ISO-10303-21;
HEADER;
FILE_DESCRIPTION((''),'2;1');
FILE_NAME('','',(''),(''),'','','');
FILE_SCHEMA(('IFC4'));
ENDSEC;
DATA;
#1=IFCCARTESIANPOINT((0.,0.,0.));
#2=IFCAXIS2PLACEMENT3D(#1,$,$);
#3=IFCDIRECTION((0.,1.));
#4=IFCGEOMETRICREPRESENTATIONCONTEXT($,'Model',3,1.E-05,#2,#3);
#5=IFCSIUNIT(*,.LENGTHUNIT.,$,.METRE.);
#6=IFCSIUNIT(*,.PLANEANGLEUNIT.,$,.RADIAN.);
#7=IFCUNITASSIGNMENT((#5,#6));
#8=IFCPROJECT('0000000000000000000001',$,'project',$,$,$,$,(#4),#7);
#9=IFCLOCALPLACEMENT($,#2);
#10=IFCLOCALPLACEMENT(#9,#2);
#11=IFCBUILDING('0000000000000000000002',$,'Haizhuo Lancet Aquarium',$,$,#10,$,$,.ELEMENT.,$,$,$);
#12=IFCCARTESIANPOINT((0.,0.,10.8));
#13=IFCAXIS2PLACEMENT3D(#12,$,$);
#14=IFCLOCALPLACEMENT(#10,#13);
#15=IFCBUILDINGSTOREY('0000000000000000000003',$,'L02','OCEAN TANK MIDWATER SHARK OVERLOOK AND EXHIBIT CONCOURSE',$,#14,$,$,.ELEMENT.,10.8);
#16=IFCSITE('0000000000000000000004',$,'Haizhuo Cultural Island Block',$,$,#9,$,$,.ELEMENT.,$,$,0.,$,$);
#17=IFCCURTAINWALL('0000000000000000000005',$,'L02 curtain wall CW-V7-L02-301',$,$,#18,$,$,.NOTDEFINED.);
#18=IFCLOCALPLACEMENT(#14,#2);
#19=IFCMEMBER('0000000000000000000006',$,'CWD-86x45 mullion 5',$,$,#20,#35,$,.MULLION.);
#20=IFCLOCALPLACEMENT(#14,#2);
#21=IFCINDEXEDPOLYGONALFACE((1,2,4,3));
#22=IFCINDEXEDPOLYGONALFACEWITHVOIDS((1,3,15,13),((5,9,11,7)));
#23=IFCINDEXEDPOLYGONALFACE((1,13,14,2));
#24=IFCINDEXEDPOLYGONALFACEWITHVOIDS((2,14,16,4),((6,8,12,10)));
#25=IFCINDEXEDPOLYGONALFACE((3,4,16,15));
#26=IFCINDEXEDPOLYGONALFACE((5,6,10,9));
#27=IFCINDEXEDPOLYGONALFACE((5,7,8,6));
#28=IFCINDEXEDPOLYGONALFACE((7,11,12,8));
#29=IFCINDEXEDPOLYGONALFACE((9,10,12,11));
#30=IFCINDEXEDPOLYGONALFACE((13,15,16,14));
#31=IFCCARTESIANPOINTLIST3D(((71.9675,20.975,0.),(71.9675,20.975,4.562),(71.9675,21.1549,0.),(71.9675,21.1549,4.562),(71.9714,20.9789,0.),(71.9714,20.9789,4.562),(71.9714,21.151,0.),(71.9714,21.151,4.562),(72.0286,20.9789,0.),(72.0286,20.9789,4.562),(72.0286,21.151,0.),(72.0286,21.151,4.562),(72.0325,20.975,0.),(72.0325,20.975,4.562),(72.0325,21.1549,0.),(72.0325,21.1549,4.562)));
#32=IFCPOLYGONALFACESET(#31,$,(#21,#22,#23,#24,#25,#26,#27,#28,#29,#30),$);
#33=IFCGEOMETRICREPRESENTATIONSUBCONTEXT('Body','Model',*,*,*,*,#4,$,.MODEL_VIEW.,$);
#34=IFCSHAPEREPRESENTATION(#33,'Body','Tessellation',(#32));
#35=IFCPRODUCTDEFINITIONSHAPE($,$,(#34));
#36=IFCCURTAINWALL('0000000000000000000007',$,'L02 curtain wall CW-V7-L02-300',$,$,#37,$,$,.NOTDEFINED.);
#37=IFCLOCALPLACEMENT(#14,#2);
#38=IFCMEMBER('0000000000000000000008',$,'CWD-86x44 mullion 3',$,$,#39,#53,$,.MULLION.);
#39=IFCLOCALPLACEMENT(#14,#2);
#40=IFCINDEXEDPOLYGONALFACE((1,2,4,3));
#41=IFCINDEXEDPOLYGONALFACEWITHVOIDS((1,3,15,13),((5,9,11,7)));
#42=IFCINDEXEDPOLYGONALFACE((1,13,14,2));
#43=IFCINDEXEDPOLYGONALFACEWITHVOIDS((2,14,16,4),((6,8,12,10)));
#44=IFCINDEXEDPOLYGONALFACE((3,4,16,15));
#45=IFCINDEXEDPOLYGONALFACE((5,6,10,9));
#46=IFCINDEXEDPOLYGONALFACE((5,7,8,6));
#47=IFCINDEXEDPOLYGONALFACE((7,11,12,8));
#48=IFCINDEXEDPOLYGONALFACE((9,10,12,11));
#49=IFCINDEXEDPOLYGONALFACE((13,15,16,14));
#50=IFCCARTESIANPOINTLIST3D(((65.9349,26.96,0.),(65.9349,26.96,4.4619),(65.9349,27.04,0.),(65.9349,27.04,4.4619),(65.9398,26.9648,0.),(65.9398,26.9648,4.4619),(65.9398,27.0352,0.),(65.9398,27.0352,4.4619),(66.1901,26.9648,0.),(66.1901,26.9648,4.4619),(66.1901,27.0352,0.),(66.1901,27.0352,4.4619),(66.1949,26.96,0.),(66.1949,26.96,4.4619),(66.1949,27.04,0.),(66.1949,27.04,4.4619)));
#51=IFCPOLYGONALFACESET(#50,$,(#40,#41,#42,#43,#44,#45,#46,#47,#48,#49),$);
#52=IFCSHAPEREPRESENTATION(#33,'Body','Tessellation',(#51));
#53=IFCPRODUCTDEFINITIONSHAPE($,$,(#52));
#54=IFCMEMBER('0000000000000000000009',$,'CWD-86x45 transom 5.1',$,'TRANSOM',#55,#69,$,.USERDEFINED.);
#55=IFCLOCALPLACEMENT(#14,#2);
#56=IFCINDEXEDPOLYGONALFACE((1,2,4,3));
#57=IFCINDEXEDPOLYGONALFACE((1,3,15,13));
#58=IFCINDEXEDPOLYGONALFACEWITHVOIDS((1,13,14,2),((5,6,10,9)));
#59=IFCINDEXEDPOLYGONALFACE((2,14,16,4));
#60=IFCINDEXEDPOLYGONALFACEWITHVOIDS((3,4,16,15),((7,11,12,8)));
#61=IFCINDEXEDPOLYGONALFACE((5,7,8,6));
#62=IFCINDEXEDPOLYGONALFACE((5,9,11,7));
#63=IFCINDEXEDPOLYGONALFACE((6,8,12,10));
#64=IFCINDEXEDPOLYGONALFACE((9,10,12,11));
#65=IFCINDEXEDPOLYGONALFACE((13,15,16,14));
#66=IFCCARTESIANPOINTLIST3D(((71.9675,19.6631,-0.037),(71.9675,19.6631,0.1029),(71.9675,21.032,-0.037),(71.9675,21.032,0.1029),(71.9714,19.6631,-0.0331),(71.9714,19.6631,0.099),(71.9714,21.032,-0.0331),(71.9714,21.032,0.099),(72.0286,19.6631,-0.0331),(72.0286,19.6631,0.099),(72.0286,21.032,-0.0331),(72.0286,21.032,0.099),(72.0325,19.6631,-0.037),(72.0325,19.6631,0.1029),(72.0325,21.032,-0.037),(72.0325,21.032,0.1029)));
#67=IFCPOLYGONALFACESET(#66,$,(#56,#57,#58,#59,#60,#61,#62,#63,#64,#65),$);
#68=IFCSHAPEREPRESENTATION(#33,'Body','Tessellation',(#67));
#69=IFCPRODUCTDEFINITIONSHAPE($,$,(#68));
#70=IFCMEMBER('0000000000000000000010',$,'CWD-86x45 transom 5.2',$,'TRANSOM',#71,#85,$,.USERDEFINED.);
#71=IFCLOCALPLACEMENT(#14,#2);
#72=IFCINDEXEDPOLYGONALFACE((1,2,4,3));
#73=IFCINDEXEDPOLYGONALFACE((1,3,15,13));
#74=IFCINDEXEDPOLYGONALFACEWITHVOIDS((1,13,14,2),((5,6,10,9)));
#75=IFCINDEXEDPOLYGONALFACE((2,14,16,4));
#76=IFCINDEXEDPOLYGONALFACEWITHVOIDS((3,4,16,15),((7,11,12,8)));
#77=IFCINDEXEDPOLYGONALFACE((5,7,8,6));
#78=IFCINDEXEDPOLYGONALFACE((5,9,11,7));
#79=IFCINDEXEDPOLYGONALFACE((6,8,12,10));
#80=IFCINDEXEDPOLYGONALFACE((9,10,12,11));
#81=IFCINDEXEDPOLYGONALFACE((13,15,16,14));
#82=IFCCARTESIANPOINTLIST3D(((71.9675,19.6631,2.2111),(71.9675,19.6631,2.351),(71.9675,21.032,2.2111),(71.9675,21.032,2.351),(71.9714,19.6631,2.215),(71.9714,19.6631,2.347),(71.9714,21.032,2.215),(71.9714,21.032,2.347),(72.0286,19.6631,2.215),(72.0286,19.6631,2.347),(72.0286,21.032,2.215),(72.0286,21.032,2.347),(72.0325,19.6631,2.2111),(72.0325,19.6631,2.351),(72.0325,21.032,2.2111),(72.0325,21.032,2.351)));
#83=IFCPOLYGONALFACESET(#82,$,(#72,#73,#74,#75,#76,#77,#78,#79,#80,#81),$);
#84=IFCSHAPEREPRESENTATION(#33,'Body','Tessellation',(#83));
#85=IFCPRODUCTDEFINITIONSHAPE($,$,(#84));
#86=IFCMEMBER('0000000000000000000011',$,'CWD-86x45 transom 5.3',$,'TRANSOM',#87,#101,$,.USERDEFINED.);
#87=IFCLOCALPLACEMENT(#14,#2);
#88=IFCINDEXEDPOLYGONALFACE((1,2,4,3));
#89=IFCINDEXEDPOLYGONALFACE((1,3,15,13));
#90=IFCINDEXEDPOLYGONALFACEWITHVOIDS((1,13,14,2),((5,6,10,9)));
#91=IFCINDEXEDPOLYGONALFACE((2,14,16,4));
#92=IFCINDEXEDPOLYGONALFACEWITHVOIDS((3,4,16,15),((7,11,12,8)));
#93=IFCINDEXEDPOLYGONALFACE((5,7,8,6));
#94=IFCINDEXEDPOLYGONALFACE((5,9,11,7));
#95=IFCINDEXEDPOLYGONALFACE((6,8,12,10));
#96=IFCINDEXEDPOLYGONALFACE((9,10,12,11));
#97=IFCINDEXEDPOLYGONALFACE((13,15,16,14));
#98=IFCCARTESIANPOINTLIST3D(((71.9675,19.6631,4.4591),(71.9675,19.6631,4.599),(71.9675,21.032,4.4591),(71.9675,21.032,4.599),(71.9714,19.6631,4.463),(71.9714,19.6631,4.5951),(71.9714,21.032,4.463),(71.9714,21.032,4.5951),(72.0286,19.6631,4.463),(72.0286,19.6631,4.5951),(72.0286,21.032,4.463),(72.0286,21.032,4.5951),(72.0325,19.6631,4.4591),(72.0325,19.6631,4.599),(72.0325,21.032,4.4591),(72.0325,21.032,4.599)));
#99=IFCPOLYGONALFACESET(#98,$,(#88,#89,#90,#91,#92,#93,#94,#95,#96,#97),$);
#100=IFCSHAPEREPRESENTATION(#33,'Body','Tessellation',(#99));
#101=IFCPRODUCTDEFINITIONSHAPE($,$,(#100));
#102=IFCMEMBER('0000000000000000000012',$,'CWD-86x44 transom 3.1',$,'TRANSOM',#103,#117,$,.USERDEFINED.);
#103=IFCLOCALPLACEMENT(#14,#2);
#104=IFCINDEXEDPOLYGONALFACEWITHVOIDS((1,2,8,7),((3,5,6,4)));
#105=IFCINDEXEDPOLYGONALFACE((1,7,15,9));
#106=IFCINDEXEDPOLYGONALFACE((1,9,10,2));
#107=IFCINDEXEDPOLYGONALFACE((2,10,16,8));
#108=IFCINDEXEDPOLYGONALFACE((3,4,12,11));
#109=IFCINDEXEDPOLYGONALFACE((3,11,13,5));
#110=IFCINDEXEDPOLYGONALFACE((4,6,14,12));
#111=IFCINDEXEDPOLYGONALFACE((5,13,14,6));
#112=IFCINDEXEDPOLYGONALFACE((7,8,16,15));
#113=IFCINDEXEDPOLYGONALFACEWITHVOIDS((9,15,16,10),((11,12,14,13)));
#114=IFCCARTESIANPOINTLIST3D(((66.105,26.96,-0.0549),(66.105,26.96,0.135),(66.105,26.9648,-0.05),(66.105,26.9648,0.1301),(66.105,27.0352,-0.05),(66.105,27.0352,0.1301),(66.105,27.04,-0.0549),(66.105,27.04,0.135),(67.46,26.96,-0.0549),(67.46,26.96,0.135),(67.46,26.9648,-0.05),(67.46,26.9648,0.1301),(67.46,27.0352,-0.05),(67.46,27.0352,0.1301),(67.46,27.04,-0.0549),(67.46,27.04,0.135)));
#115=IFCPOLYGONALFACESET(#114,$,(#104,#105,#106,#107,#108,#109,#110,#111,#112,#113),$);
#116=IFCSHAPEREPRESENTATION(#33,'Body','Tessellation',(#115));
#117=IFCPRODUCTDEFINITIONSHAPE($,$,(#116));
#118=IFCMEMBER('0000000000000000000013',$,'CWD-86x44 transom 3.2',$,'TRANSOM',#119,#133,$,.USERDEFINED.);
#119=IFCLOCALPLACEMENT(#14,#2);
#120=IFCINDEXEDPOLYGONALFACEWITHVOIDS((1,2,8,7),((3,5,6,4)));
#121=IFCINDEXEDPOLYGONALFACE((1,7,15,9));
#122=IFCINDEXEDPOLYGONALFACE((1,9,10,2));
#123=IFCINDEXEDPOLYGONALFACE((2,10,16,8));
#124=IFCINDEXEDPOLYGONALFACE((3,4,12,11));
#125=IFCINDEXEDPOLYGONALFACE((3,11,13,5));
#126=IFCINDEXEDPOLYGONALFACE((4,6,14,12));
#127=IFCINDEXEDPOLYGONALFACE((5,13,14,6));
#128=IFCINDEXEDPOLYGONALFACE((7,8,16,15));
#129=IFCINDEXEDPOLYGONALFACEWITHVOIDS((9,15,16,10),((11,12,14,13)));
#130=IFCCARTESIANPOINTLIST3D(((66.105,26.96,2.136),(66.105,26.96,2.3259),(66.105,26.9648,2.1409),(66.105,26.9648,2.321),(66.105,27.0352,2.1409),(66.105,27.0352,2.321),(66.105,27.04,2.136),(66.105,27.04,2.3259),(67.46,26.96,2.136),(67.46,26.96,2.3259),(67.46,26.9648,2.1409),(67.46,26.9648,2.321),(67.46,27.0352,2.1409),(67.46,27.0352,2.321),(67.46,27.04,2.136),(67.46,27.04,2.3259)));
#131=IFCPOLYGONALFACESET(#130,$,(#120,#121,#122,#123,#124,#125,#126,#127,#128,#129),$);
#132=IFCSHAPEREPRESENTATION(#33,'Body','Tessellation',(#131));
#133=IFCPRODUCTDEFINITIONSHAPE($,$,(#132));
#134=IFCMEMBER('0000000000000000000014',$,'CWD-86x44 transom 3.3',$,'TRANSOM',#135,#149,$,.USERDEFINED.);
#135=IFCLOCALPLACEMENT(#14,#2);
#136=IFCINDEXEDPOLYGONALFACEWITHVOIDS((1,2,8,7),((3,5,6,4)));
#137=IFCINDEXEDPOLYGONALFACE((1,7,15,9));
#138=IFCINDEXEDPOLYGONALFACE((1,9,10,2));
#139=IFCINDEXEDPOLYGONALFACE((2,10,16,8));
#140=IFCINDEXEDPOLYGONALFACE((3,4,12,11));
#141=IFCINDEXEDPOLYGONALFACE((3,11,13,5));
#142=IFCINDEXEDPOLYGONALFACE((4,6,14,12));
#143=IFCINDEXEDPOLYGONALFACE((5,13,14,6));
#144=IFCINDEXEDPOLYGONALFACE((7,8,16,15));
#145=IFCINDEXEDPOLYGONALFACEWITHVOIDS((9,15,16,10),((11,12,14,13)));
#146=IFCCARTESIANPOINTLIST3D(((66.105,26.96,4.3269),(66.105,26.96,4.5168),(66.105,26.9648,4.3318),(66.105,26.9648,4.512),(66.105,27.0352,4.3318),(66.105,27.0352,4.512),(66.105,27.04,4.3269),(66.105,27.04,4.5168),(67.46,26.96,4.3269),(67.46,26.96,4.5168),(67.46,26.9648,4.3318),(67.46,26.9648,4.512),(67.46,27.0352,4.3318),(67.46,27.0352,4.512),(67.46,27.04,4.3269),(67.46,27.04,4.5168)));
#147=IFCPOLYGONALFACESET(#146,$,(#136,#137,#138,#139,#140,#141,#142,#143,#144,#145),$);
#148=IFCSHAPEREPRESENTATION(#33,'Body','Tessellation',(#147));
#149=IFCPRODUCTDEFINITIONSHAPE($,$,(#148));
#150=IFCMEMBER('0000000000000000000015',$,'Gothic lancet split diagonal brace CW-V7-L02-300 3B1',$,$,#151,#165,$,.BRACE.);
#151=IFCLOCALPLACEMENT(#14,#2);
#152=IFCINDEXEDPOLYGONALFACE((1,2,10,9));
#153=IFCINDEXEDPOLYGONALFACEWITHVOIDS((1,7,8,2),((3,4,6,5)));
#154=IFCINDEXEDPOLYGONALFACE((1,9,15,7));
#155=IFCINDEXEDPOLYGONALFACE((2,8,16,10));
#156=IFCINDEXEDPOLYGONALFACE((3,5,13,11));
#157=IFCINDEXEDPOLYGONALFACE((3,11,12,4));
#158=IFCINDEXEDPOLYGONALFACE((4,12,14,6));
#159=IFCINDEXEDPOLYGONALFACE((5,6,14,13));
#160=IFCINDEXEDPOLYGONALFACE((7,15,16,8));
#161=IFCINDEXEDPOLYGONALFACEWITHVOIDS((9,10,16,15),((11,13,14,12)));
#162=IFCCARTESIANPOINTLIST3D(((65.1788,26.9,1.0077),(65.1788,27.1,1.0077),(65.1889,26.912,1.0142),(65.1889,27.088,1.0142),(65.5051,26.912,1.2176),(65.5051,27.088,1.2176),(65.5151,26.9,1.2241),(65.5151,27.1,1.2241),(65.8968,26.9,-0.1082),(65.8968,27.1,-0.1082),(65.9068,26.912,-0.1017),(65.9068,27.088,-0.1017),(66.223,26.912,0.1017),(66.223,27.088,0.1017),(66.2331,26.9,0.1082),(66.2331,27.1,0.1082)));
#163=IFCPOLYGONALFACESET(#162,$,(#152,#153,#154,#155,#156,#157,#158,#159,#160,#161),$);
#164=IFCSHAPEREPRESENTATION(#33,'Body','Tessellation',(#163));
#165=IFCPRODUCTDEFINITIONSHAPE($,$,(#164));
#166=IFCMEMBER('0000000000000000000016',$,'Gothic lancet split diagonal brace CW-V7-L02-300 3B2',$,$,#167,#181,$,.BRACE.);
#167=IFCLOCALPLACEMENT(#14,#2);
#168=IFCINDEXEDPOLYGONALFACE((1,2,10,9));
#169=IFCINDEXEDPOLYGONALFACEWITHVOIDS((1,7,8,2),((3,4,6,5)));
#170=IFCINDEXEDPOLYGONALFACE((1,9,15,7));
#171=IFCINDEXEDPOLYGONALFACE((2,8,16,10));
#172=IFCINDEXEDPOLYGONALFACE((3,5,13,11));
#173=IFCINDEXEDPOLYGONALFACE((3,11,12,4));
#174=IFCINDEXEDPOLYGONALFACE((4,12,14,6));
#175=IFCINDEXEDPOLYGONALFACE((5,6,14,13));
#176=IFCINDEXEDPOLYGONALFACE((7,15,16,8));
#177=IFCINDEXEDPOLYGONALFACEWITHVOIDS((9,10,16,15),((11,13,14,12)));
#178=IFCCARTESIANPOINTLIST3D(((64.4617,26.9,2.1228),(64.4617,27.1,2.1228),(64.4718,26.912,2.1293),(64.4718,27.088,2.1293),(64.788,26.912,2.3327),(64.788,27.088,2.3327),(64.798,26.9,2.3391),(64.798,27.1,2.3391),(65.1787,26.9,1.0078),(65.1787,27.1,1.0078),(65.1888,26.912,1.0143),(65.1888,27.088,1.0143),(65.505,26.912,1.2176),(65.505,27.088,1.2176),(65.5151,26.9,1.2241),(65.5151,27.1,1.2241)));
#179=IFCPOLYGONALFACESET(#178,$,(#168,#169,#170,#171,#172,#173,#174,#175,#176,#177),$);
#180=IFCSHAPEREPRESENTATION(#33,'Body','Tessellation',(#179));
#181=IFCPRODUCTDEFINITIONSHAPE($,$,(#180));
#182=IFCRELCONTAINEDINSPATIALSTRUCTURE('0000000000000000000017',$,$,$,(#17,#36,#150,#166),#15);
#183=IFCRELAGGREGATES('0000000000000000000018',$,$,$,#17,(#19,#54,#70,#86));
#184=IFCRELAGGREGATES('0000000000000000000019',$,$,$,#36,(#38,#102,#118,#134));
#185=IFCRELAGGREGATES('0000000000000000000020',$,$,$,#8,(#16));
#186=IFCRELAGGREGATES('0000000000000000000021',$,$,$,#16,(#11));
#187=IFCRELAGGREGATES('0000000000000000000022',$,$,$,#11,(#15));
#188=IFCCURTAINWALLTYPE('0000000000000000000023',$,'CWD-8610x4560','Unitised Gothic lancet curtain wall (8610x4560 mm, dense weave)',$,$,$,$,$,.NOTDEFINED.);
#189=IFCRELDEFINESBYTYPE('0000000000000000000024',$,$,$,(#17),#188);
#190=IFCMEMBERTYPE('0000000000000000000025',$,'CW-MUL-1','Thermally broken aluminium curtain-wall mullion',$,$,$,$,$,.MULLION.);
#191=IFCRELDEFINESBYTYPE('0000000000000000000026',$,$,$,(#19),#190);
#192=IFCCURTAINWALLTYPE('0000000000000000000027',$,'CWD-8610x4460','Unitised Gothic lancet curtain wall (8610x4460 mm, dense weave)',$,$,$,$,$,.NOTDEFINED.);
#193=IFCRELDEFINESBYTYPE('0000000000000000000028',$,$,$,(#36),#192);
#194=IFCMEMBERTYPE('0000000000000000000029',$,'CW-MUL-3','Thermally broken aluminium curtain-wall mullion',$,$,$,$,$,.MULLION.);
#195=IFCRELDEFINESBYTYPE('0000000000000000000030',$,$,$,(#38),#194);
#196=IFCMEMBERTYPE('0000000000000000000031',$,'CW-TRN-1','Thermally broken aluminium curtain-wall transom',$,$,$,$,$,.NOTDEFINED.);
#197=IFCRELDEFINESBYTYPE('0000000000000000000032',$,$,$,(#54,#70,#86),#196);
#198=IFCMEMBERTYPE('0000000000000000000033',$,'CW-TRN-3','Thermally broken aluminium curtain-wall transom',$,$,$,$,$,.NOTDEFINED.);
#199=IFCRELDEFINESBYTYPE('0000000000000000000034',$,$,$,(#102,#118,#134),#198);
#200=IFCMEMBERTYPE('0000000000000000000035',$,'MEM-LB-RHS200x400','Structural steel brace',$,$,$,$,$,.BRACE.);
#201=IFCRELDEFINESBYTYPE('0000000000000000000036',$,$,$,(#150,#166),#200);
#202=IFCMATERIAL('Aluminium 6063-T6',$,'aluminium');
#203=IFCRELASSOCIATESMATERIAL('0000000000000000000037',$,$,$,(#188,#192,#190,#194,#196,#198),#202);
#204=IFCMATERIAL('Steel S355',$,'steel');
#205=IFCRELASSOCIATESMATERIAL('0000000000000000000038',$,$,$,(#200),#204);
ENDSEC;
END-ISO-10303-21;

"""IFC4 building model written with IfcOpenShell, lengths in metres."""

from ifc_helpers import new_model, si_unit, direction, frame, origin, origin_2d, place, context, subcontext, project, spatial, hollow_rectangle, extrude, material, material_profile, profile_set, type_object, element, aggregate, save


model = new_model("IFC4")

# Units and contexts
model_context = context("Model", 3, precision=1e-05, world=origin(), true_north=direction((0.0, 1.0)))
body_context = subcontext(model_context, "Body", "Model", "MODEL_VIEW")
ifc_project = project(units=[si_unit("LENGTHUNIT", "METRE"), si_unit("PLANEANGLEUNIT", "RADIAN")], contexts=[model_context])

# Site, building, storey
site_placement = place(None, origin())
site = spatial("IfcSite", under=ifc_project, at=site_placement, Name="Haizhuo Cultural Island Block", CompositionType="ELEMENT", RefElevation=0.0)
building_placement = place(site_placement, origin())
building = spatial("IfcBuilding", under=site, at=building_placement, Name="Haizhuo Lancet Aquarium", CompositionType="ELEMENT")
storey_placement = place(building_placement, frame((0.0, 0.0, 10.8)))
storey = spatial("IfcBuildingStorey", under=building, at=storey_placement, Name="L02", Description="OCEAN TANK MIDWATER SHARK OVERLOOK AND EXHIBIT CONCOURSE", CompositionType="ELEMENT", Elevation=10.8)

# Curtain walls, members
ifc_material_1 = material(Name="Aluminium 6063-T6", Category="aluminium")
curtain_wall_type_1 = type_object("IfcCurtainWallType", Name="CWD-8610x4560", Description="Unitised Gothic lancet curtain wall (8610x4560 mm, dense weave)", PredefinedType="NOTDEFINED", material=ifc_material_1)
curtain_wall_1_placement = place(storey_placement, origin())
curtain_wall_1 = element("IfcCurtainWall", 1, at=curtain_wall_1_placement, inside=storey, type_object=curtain_wall_type_1, Name="L02 curtain wall CW-V7-L02-301", PredefinedType="NOTDEFINED")
ifc_material_profile_1 = material_profile(ifc_material_1, hollow_rectangle(XDim=0.0649, YDim=0.1799, WallThickness=0.0039, at=origin_2d()), Name="ALU-M 65x180x4")
ifc_profile_set_1 = profile_set([ifc_material_profile_1], Name="Aluminium 6063-T6")
member_type_1 = type_object("IfcMemberType", Name="CW-MUL-1", Description="Thermally broken aluminium curtain-wall mullion", PredefinedType="MULLION", material=ifc_profile_set_1)
member_1_placement = place(storey_placement, frame((72.0, 21.0649, 0.0), z_axis=(0.0, 0.0, 1.0), x_axis=(1.0, 0.0, 0.0)))
member_1 = element("IfcMember", 2, at=member_1_placement, type_object=member_type_1, Name="CWD-86x45 mullion 5", PredefinedType="MULLION", context=body_context, shape_type="SweptSolid", body=[
    extrude(hollow_rectangle(XDim=0.0649, YDim=0.1799, WallThickness=0.0039, at=origin_2d()), origin(), (0.0, 0.0, 1.0), 4.562),
])
curtain_wall_type_2 = type_object("IfcCurtainWallType", Name="CWD-8610x4460", Description="Unitised Gothic lancet curtain wall (8610x4460 mm, dense weave)", PredefinedType="NOTDEFINED", material=ifc_material_1)
curtain_wall_2_placement = place(storey_placement, origin())
curtain_wall_2 = element("IfcCurtainWall", 3, at=curtain_wall_2_placement, inside=storey, type_object=curtain_wall_type_2, Name="L02 curtain wall CW-V7-L02-300", PredefinedType="NOTDEFINED")
ifc_material_profile_2 = material_profile(ifc_material_1, hollow_rectangle(XDim=0.0801, YDim=0.26, WallThickness=0.0049, at=origin_2d()), Name="ALU-M 80x260x5")
ifc_profile_set_2 = profile_set([ifc_material_profile_2], Name="Aluminium 6063-T6")
member_type_2 = type_object("IfcMemberType", Name="CW-MUL-3", Description="Thermally broken aluminium curtain-wall mullion", PredefinedType="MULLION", material=ifc_profile_set_2)
member_2_placement = place(storey_placement, frame((66.0649, 27.0, 0.0), z_axis=(0.0, 0.0, 1.0), x_axis=(0.0, 1.0, 0.0)))
member_2 = element("IfcMember", 4, at=member_2_placement, type_object=member_type_2, Name="CWD-86x44 mullion 3", PredefinedType="MULLION", context=body_context, shape_type="SweptSolid", body=[
    extrude(hollow_rectangle(XDim=0.0801, YDim=0.26, WallThickness=0.0049, at=origin_2d()), origin(), (0.0, 0.0, 1.0), 4.4619),
])

# Members
ifc_material_profile_3 = material_profile(ifc_material_1, hollow_rectangle(XDim=0.0649, YDim=0.1399, WallThickness=0.0039, at=origin_2d()), Name="ALU-T 65x140x4")
ifc_profile_set_3 = profile_set([ifc_material_profile_3], Name="Aluminium 6063-T6")
member_type_3 = type_object("IfcMemberType", Name="CW-TRN-1", Description="Thermally broken aluminium curtain-wall transom", PredefinedType="NOTDEFINED", material=ifc_profile_set_3)
member_3_placement = place(storey_placement, frame((72.0, 21.032, 0.033), z_axis=(0.0, -1.0, 0.0), x_axis=(1.0, 0.0, 0.0)))
member_3 = element("IfcMember", 5, at=member_3_placement, type_object=member_type_3, Name="CWD-86x45 transom 5.1", ObjectType="TRANSOM", PredefinedType="USERDEFINED", context=body_context, shape_type="SweptSolid", body=[
    extrude(hollow_rectangle(XDim=0.0649, YDim=0.1399, WallThickness=0.0039, at=origin_2d()), origin(), (0.0, 0.0, 1.0), 1.3689),
])
member_4_placement = place(storey_placement, frame((72.0, 21.032, 2.281), z_axis=(0.0, -1.0, 0.0), x_axis=(1.0, 0.0, 0.0)))
member_4 = element("IfcMember", 6, at=member_4_placement, type_object=member_type_3, Name="CWD-86x45 transom 5.2", ObjectType="TRANSOM", PredefinedType="USERDEFINED", context=body_context, shape_type="SweptSolid", body=[
    extrude(hollow_rectangle(XDim=0.0649, YDim=0.1399, WallThickness=0.0039, at=origin_2d()), origin(), (0.0, 0.0, 1.0), 1.3689),
])
member_5_placement = place(storey_placement, frame((72.0, 21.032, 4.5291), z_axis=(0.0, -1.0, 0.0), x_axis=(1.0, 0.0, 0.0)))
member_5 = element("IfcMember", 7, at=member_5_placement, type_object=member_type_3, Name="CWD-86x45 transom 5.3", ObjectType="TRANSOM", PredefinedType="USERDEFINED", context=body_context, shape_type="SweptSolid", body=[
    extrude(hollow_rectangle(XDim=0.0649, YDim=0.1399, WallThickness=0.0039, at=origin_2d()), origin(), (0.0, 0.0, 1.0), 1.3689),
])
aggregate(curtain_wall_1, [member_1, member_3, member_4, member_5])
ifc_material_profile_4 = material_profile(ifc_material_1, hollow_rectangle(XDim=0.0801, YDim=0.1899, WallThickness=0.0049, at=origin_2d()), Name="ALU-T 80x190x5")
ifc_profile_set_4 = profile_set([ifc_material_profile_4], Name="Aluminium 6063-T6")
member_type_4 = type_object("IfcMemberType", Name="CW-TRN-3", Description="Thermally broken aluminium curtain-wall transom", PredefinedType="NOTDEFINED", material=ifc_profile_set_4)
member_6_placement = place(storey_placement, frame((66.105, 27.0, 0.04), z_axis=(1.0, 0.0, 0.0), x_axis=(0.0, 1.0, 0.0)))
member_6 = element("IfcMember", 8, at=member_6_placement, type_object=member_type_4, Name="CWD-86x44 transom 3.1", ObjectType="TRANSOM", PredefinedType="USERDEFINED", context=body_context, shape_type="SweptSolid", body=[
    extrude(hollow_rectangle(XDim=0.0801, YDim=0.1899, WallThickness=0.0049, at=origin_2d()), origin(), (0.0, 0.0, 1.0), 1.355),
])
member_7_placement = place(storey_placement, frame((66.105, 27.0, 2.231), z_axis=(1.0, 0.0, 0.0), x_axis=(0.0, 1.0, 0.0)))
member_7 = element("IfcMember", 9, at=member_7_placement, type_object=member_type_4, Name="CWD-86x44 transom 3.2", ObjectType="TRANSOM", PredefinedType="USERDEFINED", context=body_context, shape_type="SweptSolid", body=[
    extrude(hollow_rectangle(XDim=0.0801, YDim=0.1899, WallThickness=0.0049, at=origin_2d()), origin(), (0.0, 0.0, 1.0), 1.355),
])
member_8_placement = place(storey_placement, frame((66.105, 27.0, 4.4219), z_axis=(1.0, 0.0, 0.0), x_axis=(0.0, 1.0, 0.0)))
member_8 = element("IfcMember", 10, at=member_8_placement, type_object=member_type_4, Name="CWD-86x44 transom 3.3", ObjectType="TRANSOM", PredefinedType="USERDEFINED", context=body_context, shape_type="SweptSolid", body=[
    extrude(hollow_rectangle(XDim=0.0801, YDim=0.1899, WallThickness=0.0049, at=origin_2d()), origin(), (0.0, 0.0, 1.0), 1.355),
])

# Members
ifc_material_2 = material(Name="Steel S355", Category="steel")
ifc_material_profile_5 = material_profile(ifc_material_2, hollow_rectangle(XDim=0.2, YDim=0.3999, WallThickness=0.012, at=origin_2d()), Name="RHS 200x400x12")
ifc_profile_set_5 = profile_set([ifc_material_profile_5], Name="Steel S355")
member_type_5 = type_object("IfcMemberType", Name="MEM-LB-RHS200x400", Description="Structural steel brace", PredefinedType="BRACE", material=ifc_profile_set_5)
member_9_placement = place(storey_placement, frame((66.0649, 27.0, 0.0), z_axis=(-0.541083, 0.0, 0.840969), x_axis=(0.0, -1.0, 0.0)))
element("IfcMember", 11, at=member_9_placement, inside=storey, type_object=member_type_5, Name="Gothic lancet split diagonal brace CW-V7-L02-300 3B1", PredefinedType="BRACE", context=body_context, shape_type="SweptSolid", body=[
    extrude(hollow_rectangle(XDim=0.2, YDim=0.3999, WallThickness=0.012, at=origin_2d()), origin(), (0.0, 0.0, 1.0), 1.3269),
])
member_10_placement = place(storey_placement, frame((65.3469, 27.0, 1.116), z_axis=(-0.540897, 0.0, 0.841089), x_axis=(0.0, -1.0, 0.0)))
element("IfcMember", 12, at=member_10_placement, inside=storey, type_object=member_type_5, Name="Gothic lancet split diagonal brace CW-V7-L02-300 3B2", PredefinedType="BRACE", context=body_context, shape_type="SweptSolid", body=[
    extrude(hollow_rectangle(XDim=0.2, YDim=0.3999, WallThickness=0.012, at=origin_2d()), origin(), (0.0, 0.0, 1.0), 1.3257),
])

aggregate(curtain_wall_2, [member_2, member_6, member_7, member_8])

save(model, "model.ifc")
